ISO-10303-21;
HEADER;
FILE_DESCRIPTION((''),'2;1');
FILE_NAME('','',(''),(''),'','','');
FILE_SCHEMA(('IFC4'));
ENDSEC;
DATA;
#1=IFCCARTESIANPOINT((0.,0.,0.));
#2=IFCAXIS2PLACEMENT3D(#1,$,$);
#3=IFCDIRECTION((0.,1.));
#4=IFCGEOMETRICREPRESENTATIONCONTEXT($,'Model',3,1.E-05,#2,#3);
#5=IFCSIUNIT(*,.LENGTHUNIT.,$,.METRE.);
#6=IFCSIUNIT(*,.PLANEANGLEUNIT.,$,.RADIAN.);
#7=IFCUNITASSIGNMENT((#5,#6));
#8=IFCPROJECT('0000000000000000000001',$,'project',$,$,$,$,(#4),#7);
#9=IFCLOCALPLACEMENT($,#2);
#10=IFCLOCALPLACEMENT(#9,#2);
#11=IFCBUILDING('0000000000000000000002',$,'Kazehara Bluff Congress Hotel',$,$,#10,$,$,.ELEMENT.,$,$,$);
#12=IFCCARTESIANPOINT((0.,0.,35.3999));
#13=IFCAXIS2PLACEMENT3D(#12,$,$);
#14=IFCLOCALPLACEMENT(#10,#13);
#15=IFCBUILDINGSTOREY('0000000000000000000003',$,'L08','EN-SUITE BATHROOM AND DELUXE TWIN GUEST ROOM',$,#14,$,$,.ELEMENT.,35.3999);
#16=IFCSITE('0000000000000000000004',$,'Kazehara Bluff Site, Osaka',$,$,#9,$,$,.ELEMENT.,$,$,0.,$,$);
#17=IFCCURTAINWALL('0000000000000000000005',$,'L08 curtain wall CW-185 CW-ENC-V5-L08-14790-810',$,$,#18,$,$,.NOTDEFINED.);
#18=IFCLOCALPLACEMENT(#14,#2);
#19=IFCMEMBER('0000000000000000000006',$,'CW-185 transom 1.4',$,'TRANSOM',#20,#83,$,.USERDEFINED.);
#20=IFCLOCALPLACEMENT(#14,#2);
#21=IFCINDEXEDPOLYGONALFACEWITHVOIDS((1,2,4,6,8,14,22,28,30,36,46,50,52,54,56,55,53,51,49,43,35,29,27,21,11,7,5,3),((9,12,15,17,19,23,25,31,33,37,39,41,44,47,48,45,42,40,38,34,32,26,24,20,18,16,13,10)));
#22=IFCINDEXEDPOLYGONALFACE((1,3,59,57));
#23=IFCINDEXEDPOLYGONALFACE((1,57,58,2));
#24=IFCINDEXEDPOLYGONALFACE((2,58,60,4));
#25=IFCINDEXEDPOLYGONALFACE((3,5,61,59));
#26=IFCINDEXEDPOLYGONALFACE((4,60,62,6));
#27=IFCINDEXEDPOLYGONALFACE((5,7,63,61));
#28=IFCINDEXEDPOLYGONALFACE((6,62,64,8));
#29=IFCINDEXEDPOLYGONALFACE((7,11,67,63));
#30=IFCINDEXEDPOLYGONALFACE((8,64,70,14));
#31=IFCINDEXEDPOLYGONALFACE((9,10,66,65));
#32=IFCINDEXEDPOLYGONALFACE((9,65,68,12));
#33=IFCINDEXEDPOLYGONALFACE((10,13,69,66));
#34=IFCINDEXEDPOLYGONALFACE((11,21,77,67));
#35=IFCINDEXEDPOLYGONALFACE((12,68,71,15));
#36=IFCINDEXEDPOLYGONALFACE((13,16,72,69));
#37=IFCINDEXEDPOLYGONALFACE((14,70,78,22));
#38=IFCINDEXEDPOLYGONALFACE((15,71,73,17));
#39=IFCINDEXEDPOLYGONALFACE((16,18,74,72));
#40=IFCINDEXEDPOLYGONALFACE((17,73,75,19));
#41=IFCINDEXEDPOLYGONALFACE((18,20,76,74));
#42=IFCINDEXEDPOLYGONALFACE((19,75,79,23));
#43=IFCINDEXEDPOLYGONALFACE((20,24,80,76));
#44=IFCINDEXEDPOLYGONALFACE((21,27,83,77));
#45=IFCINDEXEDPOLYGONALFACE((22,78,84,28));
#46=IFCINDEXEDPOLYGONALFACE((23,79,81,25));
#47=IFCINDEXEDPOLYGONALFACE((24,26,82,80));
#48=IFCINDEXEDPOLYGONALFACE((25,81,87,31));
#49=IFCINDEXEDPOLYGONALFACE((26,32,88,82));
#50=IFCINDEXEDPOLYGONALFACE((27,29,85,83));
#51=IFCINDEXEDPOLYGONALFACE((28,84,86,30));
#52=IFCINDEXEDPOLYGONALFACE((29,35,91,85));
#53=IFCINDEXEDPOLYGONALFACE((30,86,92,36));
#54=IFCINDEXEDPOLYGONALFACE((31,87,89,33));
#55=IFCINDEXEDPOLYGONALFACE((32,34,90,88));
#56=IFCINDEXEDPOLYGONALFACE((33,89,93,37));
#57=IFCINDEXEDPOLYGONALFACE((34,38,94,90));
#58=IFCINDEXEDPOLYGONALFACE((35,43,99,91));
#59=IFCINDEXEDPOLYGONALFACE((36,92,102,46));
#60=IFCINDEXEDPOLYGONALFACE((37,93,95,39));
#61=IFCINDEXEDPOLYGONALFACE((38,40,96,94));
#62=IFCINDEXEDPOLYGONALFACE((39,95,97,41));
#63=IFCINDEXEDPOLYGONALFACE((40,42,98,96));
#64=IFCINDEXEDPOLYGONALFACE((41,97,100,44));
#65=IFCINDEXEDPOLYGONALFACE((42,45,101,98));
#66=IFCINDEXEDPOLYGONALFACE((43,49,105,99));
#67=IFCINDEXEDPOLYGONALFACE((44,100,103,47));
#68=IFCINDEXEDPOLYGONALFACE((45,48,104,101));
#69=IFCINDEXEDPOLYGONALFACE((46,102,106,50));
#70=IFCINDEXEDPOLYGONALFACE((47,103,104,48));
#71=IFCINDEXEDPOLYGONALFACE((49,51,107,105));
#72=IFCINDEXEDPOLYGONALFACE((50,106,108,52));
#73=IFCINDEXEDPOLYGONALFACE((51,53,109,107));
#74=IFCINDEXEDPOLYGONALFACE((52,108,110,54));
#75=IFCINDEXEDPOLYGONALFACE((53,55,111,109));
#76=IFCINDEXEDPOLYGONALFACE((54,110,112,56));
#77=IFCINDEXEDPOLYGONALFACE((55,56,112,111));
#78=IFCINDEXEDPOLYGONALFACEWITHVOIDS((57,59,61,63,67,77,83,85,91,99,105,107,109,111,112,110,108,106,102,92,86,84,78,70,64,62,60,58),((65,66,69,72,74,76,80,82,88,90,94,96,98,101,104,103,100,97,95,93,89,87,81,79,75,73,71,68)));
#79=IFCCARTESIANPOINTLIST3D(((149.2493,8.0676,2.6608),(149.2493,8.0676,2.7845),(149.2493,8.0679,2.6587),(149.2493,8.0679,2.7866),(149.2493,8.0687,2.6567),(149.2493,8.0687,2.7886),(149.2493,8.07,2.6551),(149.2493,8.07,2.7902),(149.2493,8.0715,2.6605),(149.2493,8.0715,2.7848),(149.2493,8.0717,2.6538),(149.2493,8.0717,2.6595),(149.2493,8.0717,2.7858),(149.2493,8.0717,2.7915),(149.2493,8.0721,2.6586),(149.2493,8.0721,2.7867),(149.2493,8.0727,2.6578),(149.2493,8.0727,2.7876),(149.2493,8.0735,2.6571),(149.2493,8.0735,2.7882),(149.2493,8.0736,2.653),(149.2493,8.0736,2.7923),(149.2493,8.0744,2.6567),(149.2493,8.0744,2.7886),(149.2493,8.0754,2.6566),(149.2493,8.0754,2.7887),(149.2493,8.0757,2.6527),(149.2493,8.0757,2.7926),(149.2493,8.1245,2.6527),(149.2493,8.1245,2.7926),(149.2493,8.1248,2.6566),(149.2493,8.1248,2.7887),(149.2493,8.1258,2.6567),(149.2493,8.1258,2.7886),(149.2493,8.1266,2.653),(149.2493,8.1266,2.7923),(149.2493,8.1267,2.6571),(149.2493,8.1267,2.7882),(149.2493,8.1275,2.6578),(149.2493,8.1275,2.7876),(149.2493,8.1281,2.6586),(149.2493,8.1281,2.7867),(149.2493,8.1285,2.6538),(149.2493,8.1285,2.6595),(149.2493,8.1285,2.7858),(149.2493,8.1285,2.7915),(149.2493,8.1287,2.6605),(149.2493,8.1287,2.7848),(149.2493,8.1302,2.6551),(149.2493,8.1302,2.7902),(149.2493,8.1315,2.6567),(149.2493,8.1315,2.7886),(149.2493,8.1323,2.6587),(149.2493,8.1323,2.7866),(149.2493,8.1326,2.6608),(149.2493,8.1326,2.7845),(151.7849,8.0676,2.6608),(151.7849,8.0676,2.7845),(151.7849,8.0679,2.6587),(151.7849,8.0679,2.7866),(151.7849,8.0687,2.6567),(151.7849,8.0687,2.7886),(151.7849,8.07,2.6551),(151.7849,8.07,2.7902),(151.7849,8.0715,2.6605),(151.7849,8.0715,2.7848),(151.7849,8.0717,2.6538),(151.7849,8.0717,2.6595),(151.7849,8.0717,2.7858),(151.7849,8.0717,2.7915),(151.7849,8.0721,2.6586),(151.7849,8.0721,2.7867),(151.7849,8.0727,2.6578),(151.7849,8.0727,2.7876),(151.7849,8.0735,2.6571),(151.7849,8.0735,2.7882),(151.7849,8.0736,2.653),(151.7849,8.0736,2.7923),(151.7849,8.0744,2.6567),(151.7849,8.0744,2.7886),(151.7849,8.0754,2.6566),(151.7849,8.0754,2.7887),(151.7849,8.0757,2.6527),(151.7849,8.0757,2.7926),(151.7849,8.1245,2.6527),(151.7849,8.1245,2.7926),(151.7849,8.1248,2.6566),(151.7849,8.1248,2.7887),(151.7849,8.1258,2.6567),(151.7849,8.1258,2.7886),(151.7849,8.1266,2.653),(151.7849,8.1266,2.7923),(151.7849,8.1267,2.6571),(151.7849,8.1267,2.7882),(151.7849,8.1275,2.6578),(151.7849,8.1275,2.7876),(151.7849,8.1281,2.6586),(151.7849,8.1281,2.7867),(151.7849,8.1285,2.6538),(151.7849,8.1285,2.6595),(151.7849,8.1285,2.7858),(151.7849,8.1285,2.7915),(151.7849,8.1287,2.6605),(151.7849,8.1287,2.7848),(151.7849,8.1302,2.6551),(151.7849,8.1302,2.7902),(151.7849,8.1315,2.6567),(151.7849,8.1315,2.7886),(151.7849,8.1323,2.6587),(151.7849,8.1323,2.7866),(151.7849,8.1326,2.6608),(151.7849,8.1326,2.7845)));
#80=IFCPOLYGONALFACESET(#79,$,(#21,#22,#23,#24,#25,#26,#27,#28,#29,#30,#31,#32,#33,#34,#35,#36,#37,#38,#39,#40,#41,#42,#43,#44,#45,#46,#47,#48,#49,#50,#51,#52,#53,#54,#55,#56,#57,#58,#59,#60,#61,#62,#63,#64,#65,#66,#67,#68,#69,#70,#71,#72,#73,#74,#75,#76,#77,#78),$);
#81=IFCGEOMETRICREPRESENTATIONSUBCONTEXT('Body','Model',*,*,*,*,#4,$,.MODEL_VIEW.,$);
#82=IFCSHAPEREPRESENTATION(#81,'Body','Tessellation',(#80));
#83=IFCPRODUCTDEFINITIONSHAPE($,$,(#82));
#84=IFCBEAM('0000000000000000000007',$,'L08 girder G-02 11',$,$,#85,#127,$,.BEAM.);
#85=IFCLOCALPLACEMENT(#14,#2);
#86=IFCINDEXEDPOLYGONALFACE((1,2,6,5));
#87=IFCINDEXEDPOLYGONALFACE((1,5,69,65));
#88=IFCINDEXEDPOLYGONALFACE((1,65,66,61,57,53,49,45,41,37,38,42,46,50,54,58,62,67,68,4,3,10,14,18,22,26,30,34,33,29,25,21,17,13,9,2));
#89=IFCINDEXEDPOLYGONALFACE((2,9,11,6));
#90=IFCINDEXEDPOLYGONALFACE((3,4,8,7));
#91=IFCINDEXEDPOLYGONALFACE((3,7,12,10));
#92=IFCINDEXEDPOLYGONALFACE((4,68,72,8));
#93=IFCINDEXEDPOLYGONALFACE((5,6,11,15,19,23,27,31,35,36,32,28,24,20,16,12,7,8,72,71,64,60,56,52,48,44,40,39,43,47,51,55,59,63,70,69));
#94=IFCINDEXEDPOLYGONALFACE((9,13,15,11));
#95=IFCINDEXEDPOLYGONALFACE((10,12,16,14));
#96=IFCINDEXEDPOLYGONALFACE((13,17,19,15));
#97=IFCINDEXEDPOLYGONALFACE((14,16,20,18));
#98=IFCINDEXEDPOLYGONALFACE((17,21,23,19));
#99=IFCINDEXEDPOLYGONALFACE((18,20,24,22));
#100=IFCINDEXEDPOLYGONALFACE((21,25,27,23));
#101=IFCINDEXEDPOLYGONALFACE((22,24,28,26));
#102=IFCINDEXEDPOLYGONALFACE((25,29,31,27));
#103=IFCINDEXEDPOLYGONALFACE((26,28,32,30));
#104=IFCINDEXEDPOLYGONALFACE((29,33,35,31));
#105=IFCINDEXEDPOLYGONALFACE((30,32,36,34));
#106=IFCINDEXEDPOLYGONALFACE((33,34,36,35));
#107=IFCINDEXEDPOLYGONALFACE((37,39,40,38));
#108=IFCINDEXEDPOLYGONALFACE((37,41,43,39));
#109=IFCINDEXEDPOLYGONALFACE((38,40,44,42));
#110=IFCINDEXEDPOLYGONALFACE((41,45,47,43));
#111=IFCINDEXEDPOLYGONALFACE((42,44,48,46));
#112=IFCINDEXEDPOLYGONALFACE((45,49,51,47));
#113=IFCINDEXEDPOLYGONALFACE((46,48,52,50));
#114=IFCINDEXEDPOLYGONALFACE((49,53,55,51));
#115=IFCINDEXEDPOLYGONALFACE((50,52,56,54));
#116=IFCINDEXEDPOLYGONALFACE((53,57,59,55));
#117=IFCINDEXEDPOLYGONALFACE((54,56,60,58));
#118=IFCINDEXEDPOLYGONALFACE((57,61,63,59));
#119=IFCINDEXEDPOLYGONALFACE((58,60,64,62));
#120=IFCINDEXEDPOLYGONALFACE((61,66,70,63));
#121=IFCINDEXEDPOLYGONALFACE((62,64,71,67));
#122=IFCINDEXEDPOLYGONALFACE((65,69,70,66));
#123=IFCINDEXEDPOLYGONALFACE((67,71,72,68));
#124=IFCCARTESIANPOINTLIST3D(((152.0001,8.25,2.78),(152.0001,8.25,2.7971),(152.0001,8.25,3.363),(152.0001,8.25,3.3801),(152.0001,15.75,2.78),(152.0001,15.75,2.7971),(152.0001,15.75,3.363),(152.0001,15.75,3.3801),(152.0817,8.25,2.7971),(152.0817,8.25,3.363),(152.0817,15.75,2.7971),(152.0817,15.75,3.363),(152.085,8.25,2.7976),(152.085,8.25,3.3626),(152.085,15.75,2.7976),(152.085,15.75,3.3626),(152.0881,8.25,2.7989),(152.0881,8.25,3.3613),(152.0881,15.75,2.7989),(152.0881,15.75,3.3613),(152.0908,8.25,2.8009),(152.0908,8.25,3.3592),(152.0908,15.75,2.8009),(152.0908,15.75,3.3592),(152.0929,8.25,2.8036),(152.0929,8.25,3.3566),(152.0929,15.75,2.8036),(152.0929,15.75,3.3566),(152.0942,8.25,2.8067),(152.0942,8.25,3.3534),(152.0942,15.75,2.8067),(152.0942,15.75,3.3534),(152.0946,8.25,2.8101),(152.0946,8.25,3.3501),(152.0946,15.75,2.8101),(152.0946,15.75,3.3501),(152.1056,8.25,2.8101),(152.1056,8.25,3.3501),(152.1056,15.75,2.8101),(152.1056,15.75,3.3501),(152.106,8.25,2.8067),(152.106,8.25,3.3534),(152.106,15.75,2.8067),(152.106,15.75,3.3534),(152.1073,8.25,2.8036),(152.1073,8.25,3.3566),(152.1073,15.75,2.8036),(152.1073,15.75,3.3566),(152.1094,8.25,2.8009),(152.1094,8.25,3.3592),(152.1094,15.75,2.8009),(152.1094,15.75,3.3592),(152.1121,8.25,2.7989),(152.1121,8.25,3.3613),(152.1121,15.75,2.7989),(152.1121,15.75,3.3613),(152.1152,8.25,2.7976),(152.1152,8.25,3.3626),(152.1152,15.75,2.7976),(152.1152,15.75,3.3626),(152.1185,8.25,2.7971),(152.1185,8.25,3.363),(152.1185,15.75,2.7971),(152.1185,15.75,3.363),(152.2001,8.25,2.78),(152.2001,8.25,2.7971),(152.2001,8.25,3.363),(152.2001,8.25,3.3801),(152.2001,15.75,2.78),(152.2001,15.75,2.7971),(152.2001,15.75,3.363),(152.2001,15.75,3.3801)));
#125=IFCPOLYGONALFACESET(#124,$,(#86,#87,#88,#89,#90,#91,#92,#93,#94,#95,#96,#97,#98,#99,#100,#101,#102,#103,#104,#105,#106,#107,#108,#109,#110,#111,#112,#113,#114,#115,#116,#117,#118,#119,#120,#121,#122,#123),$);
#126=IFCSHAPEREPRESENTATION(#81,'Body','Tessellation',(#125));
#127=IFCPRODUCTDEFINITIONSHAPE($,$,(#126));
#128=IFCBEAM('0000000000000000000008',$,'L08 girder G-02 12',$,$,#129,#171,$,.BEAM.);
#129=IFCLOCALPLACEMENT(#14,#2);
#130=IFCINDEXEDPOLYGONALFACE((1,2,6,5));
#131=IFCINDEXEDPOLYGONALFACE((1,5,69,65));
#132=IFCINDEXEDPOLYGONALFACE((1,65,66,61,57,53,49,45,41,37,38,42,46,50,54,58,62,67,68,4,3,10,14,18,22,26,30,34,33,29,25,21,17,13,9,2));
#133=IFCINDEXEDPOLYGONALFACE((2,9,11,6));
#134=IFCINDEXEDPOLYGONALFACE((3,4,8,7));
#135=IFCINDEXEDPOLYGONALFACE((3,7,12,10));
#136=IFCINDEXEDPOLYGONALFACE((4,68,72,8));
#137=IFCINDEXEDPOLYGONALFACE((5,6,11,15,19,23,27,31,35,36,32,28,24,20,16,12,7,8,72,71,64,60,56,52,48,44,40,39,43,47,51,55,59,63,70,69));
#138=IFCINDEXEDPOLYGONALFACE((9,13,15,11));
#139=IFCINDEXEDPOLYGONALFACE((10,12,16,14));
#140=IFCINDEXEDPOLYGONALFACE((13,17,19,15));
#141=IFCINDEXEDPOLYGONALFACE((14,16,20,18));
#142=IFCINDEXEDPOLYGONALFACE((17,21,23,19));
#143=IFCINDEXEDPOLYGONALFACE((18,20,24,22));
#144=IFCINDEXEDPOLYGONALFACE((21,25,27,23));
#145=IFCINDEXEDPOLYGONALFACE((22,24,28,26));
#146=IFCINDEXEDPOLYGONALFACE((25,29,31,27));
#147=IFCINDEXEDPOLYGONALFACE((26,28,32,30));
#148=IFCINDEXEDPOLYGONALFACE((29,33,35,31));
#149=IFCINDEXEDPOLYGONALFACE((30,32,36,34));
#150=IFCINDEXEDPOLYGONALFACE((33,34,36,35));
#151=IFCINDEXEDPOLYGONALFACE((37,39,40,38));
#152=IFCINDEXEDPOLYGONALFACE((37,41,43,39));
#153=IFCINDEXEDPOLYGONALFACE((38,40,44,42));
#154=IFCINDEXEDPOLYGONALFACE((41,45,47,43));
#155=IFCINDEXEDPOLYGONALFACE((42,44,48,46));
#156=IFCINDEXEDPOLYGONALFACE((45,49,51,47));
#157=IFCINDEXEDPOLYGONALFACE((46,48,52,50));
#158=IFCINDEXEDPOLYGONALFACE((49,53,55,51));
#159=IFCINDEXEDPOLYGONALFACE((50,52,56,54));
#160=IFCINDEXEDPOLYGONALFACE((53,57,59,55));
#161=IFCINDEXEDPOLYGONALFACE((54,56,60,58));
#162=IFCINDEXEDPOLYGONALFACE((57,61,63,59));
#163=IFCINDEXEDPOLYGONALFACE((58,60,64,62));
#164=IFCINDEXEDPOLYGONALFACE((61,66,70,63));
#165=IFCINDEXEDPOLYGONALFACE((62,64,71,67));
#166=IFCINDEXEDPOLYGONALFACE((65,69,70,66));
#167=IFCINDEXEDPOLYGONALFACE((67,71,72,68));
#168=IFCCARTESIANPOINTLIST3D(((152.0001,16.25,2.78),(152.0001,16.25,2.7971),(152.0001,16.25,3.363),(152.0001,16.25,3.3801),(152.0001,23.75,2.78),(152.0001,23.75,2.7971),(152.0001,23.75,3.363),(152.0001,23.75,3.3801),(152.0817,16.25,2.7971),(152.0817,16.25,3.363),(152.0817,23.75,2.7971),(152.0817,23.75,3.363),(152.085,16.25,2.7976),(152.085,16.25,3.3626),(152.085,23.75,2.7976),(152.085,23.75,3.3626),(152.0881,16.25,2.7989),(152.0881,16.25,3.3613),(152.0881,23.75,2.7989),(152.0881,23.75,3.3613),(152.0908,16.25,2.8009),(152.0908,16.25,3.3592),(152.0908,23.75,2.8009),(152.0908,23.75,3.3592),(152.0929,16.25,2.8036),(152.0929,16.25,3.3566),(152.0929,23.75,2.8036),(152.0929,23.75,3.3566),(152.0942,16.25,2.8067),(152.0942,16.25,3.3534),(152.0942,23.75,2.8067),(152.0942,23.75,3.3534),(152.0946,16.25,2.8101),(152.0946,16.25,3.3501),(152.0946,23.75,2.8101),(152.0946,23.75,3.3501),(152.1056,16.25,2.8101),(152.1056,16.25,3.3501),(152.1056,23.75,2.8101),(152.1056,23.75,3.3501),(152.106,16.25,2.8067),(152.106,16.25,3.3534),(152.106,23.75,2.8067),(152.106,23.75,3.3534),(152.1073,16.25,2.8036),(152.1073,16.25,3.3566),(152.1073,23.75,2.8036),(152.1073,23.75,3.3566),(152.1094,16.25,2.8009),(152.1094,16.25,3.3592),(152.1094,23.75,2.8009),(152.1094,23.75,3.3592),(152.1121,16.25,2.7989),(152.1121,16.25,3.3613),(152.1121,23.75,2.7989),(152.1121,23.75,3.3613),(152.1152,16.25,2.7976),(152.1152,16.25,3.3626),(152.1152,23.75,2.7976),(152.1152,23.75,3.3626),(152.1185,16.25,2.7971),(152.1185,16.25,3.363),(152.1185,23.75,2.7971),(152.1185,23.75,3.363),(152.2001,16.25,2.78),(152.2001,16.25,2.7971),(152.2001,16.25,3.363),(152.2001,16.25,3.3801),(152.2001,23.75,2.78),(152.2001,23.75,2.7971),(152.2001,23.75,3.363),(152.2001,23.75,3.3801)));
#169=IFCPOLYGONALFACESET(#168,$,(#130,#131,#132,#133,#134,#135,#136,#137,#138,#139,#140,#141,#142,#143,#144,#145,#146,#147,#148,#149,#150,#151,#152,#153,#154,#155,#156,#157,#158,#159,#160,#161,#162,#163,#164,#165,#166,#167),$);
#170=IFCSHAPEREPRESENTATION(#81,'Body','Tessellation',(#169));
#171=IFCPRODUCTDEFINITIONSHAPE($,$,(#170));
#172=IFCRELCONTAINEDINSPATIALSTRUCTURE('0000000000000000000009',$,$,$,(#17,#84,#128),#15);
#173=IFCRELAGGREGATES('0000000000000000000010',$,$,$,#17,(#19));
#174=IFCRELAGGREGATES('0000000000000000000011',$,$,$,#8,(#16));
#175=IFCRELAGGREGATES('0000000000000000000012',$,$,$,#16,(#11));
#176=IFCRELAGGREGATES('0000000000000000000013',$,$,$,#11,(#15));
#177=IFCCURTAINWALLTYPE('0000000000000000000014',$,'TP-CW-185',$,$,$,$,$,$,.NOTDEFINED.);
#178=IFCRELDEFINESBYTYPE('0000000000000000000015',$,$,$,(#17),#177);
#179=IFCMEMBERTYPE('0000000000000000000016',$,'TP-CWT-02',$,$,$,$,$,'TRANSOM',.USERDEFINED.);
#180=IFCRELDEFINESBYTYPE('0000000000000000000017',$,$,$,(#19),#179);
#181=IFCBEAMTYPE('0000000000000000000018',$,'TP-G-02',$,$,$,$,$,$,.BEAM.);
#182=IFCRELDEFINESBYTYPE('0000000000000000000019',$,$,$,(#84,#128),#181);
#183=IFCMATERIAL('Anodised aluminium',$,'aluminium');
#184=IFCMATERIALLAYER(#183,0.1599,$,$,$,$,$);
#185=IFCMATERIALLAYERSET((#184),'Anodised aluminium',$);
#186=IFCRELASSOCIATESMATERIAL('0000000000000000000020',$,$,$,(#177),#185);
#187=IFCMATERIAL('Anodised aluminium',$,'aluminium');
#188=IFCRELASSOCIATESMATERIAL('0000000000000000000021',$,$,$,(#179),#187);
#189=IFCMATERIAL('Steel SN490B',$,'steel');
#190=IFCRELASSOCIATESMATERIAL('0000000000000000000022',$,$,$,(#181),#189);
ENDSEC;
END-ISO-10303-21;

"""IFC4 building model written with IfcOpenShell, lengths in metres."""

from ifc_helpers import new_model, si_unit, direction, frame, origin, origin_2d, place, context, subcontext, project, spatial, hollow_rectangle, i_section, extrude, material, layer, layer_set, material_profile, profile_set, type_object, element, aggregate, save


model = new_model("IFC4")

# Units and contexts
model_context = context("Model", 3, precision=1e-05, world=origin(), true_north=direction((0.0, 1.0)))
body_context = subcontext(model_context, "Body", "Model", "MODEL_VIEW")
ifc_project = project(units=[si_unit("LENGTHUNIT", "METRE"), si_unit("PLANEANGLEUNIT", "RADIAN")], contexts=[model_context])

# Site, building, storey
site_placement = place(None, origin())
site = spatial("IfcSite", under=ifc_project, at=site_placement, Name="Kazehara Bluff Site, Osaka", CompositionType="ELEMENT", RefElevation=0.0)
building_placement = place(site_placement, origin())
building = spatial("IfcBuilding", under=site, at=building_placement, Name="Kazehara Bluff Congress Hotel", CompositionType="ELEMENT")
storey_placement = place(building_placement, frame((0.0, 0.0, 35.3999)))
storey = spatial("IfcBuildingStorey", under=building, at=storey_placement, Name="L08", Description="EN-SUITE BATHROOM AND DELUXE TWIN GUEST ROOM", CompositionType="ELEMENT", Elevation=35.3999)

# Curtain wall
ifc_material_1 = material(Name="Anodised aluminium", Category="aluminium")
ifc_layer_1 = layer(ifc_material_1, 0.1599)
ifc_layer_set_1 = layer_set([ifc_layer_1], Name="Anodised aluminium")
curtain_wall_type = type_object("IfcCurtainWallType", Name="TP-CW-185", PredefinedType="NOTDEFINED", material=ifc_layer_set_1)
curtain_wall_1_placement = place(storey_placement, origin())
curtain_wall_1 = element("IfcCurtainWall", 1, at=curtain_wall_1_placement, inside=storey, type_object=curtain_wall_type, Name="L08 curtain wall CW-185 CW-ENC-V5-L08-14790-810", PredefinedType="NOTDEFINED")

# Member
ifc_material_2 = material(Name="Anodised aluminium", Category="aluminium")
ifc_material_profile_1 = material_profile(ifc_material_2, hollow_rectangle(XDim=0.0649, YDim=0.1399, WallThickness=0.0039, InnerFilletRadius=0.0039, OuterFilletRadius=0.0081, at=origin_2d()))
ifc_profile_set_1 = profile_set([ifc_material_profile_1], Name="Anodised aluminium")
member_type_1 = type_object("IfcMemberType", Name="TP-CWT-02", ElementType="TRANSOM", PredefinedType="USERDEFINED", material=ifc_profile_set_1)
member_1_placement = place(storey_placement, frame((151.7849, 8.1001, 2.7227), z_axis=(-1.0, 0.0, 0.0), x_axis=(0.0, -1.0, 0.0)))
member_1 = element("IfcMember", 2, at=member_1_placement, type_object=member_type_1, Name="CW-185 transom 1.4", ObjectType="TRANSOM", PredefinedType="USERDEFINED", context=body_context, shape_type="SweptSolid", body=[
    extrude(hollow_rectangle(XDim=0.0649, YDim=0.1399, WallThickness=0.0039, InnerFilletRadius=0.0039, OuterFilletRadius=0.0081, at=origin_2d()), origin(), (0.0, 0.0, 1.0), 2.5356),
])
aggregate(curtain_wall_1, [member_1])

# Beams
ifc_material_3 = material(Name="Steel SN490B", Category="steel")
ifc_material_profile_2 = material_profile(ifc_material_3, i_section(OverallWidth=0.2, OverallDepth=0.6001, WebThickness=0.011, FlangeThickness=0.0171, FilletRadius=0.0129, at=origin_2d()))
ifc_profile_set_2 = profile_set([ifc_material_profile_2], Name="Steel SN490B")
beam_type_1 = type_object("IfcBeamType", Name="TP-G-02", PredefinedType="BEAM", material=ifc_profile_set_2)
for number, where, z_axis, x_axis, name in (
    (3, (152.1001, 8.25, 3.0801), (0.0, 1.0, 0.0), (-1.0, 0.0, 0.0), "L08 girder G-02 11"),
    (4, (152.1001, 16.25, 3.0801), (0.0, 1.0, 0.0), (-1.0, 0.0, 0.0), "L08 girder G-02 12"),
):
    element("IfcBeam", number, at=place(storey_placement, frame(where, z_axis=z_axis, x_axis=x_axis)), inside=storey, type_object=beam_type_1, Name=name, PredefinedType="BEAM", context=body_context, shape_type="SweptSolid", body=[
        extrude(i_section(OverallWidth=0.2, OverallDepth=0.6001, WebThickness=0.011, FlangeThickness=0.0171, FilletRadius=0.0129, at=origin_2d()), origin(), (0.0, 0.0, 1.0), 7.5),
    ])

save(model, "model.ifc")
